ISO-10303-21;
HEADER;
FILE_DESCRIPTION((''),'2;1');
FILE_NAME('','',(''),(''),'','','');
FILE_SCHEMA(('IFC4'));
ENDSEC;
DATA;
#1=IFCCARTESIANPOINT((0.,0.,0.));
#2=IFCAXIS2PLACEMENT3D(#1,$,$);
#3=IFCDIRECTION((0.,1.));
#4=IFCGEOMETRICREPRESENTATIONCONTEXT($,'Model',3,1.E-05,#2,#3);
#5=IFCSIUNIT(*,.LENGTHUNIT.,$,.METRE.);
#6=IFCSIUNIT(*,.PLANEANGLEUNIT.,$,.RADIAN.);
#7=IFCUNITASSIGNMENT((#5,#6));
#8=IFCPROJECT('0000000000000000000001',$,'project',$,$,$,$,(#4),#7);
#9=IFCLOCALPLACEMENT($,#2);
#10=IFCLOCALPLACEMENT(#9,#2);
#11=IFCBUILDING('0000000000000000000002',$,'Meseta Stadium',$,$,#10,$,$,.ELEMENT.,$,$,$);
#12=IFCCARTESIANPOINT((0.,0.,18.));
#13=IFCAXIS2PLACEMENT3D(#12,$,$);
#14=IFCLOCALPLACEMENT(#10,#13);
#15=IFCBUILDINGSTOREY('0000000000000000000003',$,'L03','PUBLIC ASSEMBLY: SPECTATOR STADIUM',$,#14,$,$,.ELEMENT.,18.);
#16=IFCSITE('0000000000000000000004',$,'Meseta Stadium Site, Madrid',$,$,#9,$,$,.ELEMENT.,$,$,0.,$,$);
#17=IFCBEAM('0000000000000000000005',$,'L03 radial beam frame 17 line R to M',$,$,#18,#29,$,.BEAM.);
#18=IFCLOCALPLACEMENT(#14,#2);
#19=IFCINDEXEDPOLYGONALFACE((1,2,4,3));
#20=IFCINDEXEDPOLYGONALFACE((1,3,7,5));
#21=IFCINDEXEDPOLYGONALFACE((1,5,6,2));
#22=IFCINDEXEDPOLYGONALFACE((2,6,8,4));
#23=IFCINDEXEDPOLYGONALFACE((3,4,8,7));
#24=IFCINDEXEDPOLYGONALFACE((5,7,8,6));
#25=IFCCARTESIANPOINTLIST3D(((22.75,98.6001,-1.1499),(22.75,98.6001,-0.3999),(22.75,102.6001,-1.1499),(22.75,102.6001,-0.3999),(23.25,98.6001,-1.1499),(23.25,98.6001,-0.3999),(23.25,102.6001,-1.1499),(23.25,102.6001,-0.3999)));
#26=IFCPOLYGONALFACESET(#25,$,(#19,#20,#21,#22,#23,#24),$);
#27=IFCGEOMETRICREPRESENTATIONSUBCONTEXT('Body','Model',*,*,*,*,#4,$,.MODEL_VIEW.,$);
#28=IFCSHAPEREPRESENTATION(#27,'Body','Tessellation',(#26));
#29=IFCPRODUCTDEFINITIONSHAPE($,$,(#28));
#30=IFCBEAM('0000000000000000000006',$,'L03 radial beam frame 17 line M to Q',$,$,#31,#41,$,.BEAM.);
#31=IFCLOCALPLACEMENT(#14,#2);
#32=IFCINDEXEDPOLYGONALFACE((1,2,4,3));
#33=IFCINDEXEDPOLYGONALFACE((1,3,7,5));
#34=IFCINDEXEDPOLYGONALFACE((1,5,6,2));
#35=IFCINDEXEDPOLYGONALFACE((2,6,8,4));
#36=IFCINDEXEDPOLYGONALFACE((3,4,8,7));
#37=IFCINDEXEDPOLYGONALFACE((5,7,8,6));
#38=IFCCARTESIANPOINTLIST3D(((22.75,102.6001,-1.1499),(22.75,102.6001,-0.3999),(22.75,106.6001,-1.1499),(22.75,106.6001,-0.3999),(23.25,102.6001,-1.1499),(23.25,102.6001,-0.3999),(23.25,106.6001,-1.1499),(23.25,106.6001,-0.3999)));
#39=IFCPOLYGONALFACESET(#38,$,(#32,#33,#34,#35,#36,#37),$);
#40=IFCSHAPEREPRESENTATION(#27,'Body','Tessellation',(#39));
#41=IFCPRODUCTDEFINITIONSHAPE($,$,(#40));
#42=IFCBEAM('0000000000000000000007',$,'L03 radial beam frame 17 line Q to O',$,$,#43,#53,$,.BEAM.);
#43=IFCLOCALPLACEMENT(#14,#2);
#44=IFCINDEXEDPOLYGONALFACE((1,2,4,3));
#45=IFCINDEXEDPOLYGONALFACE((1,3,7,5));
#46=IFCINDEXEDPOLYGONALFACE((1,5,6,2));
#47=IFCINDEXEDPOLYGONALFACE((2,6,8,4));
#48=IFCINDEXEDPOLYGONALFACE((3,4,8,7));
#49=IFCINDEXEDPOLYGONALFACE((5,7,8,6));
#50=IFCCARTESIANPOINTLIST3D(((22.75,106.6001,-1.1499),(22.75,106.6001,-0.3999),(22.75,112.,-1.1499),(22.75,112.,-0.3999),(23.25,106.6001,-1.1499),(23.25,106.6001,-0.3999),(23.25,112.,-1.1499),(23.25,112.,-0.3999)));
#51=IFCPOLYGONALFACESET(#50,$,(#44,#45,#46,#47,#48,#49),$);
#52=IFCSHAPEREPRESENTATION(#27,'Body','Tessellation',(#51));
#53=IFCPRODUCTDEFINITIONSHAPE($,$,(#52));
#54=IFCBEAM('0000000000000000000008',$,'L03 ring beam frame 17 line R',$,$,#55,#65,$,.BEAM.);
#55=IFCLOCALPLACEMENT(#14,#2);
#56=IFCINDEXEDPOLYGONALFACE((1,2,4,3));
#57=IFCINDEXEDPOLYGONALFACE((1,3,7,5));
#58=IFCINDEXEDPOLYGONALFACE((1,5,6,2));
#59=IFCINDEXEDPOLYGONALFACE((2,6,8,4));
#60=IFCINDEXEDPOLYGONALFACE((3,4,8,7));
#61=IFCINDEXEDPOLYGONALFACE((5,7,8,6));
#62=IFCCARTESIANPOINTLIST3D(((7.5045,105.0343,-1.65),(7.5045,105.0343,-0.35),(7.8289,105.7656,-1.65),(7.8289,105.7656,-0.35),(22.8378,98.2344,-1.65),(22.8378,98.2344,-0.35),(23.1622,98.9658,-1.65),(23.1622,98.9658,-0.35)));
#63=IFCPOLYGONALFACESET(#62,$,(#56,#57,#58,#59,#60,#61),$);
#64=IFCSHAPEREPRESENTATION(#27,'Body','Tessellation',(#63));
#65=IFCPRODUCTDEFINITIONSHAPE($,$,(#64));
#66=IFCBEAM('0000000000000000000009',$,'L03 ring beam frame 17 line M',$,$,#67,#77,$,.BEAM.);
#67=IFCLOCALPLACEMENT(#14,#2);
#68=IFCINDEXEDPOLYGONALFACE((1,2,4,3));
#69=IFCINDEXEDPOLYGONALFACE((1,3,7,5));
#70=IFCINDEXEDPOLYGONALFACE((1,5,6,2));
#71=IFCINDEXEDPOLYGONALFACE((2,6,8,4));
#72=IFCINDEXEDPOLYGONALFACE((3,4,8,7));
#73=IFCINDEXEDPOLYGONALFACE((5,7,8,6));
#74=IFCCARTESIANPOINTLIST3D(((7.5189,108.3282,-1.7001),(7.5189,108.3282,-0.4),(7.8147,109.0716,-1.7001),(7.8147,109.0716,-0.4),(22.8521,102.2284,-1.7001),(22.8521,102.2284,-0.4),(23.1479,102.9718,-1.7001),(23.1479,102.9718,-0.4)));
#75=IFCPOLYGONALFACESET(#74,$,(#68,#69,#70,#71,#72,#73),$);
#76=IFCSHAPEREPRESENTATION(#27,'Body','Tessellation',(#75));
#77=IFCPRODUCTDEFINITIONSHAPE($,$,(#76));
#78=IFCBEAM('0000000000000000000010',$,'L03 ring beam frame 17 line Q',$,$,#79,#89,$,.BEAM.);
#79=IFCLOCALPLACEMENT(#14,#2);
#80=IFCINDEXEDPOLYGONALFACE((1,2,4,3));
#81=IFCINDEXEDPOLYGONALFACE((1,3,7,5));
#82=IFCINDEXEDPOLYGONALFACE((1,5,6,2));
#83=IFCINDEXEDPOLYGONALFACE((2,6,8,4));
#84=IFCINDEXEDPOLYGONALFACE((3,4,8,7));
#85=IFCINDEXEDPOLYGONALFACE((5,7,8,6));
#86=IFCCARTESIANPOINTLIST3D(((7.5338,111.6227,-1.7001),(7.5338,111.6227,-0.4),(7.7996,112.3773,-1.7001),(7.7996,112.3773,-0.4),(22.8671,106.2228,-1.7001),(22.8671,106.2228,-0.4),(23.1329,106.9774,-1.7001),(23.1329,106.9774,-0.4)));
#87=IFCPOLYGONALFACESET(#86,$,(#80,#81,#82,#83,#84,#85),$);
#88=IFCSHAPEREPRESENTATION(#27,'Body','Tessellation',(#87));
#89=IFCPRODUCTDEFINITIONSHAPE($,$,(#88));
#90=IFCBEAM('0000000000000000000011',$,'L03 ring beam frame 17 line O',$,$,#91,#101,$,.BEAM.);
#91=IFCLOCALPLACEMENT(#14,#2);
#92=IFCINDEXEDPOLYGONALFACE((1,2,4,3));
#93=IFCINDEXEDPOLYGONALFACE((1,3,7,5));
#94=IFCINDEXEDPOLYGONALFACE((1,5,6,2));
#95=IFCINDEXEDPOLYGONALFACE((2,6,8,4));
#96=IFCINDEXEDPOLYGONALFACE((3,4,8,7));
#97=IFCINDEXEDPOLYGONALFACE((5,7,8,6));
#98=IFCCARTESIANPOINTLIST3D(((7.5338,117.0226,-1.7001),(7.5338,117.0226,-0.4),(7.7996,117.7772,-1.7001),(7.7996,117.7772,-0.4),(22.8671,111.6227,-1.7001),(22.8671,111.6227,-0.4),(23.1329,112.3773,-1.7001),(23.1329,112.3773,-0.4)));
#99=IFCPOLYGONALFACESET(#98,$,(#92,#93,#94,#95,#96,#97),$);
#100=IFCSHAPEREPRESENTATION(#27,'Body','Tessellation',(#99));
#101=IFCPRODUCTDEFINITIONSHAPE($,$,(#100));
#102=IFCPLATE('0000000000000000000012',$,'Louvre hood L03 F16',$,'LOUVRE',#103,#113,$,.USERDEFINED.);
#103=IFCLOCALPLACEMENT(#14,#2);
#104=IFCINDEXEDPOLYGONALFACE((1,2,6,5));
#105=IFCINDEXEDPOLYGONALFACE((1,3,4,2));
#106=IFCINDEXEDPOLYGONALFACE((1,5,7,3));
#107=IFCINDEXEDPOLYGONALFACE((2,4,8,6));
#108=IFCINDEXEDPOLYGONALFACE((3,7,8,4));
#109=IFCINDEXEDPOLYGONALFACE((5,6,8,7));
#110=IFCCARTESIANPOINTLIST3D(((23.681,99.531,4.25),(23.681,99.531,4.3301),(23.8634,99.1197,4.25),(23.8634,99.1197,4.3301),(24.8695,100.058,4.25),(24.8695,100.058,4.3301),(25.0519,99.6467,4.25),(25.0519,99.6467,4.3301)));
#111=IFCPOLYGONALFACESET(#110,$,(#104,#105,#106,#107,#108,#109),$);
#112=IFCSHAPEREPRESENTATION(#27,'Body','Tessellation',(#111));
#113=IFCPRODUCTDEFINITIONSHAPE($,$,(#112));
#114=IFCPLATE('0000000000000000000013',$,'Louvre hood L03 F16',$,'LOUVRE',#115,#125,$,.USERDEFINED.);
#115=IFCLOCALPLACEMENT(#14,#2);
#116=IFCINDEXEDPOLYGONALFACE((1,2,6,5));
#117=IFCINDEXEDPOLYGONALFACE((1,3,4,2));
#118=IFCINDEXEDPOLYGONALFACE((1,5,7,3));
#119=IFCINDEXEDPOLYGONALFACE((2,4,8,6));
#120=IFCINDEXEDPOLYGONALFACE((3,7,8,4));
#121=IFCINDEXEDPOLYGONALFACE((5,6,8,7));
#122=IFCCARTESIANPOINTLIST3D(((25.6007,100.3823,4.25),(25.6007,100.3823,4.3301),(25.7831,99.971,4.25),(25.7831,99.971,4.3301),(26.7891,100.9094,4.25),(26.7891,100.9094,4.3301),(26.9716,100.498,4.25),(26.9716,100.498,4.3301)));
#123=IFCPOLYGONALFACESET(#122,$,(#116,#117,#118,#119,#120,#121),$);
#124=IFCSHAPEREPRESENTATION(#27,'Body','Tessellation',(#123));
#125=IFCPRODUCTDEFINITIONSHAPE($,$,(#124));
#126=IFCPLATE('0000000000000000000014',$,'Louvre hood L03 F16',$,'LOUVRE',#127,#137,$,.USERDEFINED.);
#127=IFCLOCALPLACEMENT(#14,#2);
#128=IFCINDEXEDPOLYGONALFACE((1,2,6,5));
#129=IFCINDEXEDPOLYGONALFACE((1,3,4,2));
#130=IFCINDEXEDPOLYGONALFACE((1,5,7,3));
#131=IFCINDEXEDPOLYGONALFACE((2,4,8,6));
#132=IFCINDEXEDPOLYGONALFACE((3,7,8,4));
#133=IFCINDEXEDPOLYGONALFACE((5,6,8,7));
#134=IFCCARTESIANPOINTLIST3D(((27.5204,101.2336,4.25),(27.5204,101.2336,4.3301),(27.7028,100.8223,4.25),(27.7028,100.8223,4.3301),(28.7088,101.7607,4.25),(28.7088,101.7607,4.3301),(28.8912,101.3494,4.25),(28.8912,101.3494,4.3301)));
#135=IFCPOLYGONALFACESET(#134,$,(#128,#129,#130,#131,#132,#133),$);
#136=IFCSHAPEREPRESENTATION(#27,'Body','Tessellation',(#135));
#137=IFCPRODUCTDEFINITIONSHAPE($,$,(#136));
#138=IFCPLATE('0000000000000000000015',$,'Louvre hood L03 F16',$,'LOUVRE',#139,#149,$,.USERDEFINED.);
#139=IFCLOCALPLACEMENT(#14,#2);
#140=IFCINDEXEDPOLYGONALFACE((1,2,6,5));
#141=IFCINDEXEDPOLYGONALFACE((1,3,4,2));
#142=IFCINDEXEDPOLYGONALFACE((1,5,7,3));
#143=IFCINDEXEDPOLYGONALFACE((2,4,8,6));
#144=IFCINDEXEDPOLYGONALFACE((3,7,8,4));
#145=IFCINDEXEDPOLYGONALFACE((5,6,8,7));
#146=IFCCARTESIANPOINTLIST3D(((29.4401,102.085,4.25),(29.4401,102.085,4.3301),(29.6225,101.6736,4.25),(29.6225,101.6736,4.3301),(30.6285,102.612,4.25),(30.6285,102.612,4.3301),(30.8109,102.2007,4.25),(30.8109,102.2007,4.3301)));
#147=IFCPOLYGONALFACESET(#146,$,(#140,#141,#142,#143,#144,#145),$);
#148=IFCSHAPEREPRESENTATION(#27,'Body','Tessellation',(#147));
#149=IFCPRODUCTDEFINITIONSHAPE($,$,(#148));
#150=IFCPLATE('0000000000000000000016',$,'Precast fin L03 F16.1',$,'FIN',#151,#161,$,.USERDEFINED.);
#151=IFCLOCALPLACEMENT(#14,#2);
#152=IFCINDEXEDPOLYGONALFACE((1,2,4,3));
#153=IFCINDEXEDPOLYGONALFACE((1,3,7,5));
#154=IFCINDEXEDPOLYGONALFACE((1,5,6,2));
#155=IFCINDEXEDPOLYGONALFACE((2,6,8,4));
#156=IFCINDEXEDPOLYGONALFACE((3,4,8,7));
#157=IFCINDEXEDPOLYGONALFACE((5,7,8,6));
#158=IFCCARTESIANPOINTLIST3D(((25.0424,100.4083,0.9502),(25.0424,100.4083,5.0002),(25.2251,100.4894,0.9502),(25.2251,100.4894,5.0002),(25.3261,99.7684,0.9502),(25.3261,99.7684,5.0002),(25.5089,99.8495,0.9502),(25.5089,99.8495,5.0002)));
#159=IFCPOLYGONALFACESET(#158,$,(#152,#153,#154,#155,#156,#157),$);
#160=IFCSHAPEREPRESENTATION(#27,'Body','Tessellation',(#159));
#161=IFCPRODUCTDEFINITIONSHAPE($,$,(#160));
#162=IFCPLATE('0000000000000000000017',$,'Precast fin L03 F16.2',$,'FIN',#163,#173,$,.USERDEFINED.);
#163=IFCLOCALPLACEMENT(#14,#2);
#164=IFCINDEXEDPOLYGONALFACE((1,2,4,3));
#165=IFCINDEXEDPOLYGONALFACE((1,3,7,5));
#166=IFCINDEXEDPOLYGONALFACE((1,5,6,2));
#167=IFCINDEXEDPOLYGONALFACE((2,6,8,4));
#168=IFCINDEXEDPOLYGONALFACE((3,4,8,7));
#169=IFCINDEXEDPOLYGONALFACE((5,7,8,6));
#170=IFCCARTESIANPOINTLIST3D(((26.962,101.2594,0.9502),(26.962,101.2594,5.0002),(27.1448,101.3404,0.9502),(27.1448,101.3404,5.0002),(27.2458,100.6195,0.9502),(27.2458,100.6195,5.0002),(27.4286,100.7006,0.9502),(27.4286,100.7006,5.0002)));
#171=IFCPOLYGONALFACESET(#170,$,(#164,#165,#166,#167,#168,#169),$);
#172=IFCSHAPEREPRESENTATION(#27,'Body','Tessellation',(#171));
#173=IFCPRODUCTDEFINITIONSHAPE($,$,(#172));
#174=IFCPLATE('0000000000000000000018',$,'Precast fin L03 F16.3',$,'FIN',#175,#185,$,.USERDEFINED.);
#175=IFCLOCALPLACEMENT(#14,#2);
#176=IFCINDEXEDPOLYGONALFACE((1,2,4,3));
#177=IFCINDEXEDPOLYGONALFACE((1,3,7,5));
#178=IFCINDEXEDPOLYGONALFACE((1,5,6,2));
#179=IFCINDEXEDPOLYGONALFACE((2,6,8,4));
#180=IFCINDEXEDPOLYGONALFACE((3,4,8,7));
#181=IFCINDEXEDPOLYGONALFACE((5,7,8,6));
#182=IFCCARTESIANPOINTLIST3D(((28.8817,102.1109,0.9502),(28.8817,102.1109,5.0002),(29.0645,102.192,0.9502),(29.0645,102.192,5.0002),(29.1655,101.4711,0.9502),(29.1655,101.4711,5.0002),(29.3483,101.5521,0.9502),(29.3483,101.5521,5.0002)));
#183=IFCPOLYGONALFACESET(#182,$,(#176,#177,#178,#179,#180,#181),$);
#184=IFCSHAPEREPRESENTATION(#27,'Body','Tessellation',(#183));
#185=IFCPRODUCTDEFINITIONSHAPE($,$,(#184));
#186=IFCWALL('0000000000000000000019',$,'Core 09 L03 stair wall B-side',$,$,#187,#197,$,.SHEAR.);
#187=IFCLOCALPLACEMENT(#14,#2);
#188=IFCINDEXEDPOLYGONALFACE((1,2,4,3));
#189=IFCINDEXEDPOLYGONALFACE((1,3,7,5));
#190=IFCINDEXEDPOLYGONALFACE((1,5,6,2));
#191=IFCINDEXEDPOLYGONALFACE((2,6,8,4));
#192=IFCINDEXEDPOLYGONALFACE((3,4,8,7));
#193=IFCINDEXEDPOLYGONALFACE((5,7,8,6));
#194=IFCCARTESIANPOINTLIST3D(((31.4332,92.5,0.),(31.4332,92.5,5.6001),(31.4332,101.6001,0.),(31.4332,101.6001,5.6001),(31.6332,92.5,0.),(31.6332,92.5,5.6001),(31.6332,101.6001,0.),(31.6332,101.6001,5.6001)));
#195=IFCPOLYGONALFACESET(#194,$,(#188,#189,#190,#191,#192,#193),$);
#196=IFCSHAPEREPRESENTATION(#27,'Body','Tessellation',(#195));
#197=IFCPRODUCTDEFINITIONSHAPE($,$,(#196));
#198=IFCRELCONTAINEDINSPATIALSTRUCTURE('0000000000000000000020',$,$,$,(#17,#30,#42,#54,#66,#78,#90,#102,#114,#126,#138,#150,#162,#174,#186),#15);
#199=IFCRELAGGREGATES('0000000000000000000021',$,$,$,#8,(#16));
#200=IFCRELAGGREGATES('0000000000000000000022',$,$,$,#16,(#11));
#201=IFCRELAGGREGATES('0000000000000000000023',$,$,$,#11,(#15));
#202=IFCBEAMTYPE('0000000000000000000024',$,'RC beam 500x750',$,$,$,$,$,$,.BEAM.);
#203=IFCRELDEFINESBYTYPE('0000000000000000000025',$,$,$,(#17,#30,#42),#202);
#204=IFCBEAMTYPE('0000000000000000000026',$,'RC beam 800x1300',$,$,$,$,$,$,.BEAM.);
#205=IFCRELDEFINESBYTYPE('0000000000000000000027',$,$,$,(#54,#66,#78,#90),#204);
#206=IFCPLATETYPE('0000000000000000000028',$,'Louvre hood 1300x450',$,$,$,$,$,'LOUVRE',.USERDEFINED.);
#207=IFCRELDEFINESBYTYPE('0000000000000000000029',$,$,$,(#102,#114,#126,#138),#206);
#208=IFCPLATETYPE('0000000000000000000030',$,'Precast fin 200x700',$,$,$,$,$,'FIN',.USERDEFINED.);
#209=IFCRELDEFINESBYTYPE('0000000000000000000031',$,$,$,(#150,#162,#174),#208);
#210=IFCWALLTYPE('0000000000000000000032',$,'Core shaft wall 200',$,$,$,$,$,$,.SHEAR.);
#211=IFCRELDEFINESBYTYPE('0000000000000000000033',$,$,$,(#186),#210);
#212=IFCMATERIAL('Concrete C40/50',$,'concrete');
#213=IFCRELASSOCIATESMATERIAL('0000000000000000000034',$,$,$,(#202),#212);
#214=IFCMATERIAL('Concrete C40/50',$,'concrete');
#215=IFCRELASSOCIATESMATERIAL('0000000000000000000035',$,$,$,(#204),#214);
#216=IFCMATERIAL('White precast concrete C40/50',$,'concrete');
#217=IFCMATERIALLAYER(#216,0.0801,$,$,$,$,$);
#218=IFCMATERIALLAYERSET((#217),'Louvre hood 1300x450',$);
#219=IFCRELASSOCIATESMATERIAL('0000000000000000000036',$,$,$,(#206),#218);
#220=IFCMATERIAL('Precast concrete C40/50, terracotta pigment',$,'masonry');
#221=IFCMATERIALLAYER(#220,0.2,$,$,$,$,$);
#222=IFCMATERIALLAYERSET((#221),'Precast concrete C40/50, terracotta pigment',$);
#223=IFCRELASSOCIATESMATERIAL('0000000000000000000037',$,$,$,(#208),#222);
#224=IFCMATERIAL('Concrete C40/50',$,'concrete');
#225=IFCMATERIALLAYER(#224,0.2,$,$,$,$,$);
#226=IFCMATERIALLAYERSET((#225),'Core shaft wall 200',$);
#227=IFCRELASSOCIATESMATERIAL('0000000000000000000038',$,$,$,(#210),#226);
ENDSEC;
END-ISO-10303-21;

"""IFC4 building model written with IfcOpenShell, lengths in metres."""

from ifc_helpers import new_model, si_unit, direction, frame, frame_2d, origin, origin_2d, place, context, subcontext, project, spatial, rectangle, extrude, material, layer, layer_set, material_profile, profile_set, type_object, element, save


model = new_model("IFC4")

# Units and contexts
model_context = context("Model", 3, precision=1e-05, world=origin(), true_north=direction((0.0, 1.0)))
body_context = subcontext(model_context, "Body", "Model", "MODEL_VIEW")
ifc_project = project(units=[si_unit("LENGTHUNIT", "METRE"), si_unit("PLANEANGLEUNIT", "RADIAN")], contexts=[model_context])

# Site, building, storey
site_placement = place(None, origin())
site = spatial("IfcSite", under=ifc_project, at=site_placement, Name="Meseta Stadium Site, Madrid", CompositionType="ELEMENT", RefElevation=0.0)
building_placement = place(site_placement, origin())
building = spatial("IfcBuilding", under=site, at=building_placement, Name="Meseta Stadium", CompositionType="ELEMENT")
storey_placement = place(building_placement, frame((0.0, 0.0, 18.0)))
storey = spatial("IfcBuildingStorey", under=building, at=storey_placement, Name="L03", Description="PUBLIC ASSEMBLY: SPECTATOR STADIUM", CompositionType="ELEMENT", Elevation=18.0)

# Beams
ifc_material_1 = material(Name="Concrete C40/50", Category="concrete")
ifc_material_profile_1 = material_profile(ifc_material_1, rectangle(XDim=0.5, YDim=0.75, at=origin_2d()), Name="RC 500x750")
ifc_profile_set_1 = profile_set([ifc_material_profile_1], Name="Concrete C40/50")
beam_type_1 = type_object("IfcBeamType", Name="RC beam 500x750", PredefinedType="BEAM", material=ifc_profile_set_1)
for number, where, z_axis, x_axis, name in (
    (1, (23.0, 98.6001, -0.7749), (0.0, 1.0, 0.0), (-1.0, 0.0, 0.0), "L03 radial beam frame 17 line R to M"),
    (2, (23.0, 102.6001, -0.7749), (0.0, 1.0, 0.0), (-1.0, 0.0, 0.0), "L03 radial beam frame 17 line M to Q"),
):
    element("IfcBeam", number, at=place(storey_placement, frame(where, z_axis=z_axis, x_axis=x_axis)), inside=storey, type_object=beam_type_1, Name=name, PredefinedType="BEAM", context=body_context, shape_type="SweptSolid", body=[
        extrude(rectangle(XDim=0.5, YDim=0.75, at=origin_2d()), origin(), (0.0, 0.0, 1.0), 4.0),
    ])
beam_1_placement = place(storey_placement, frame((23.0, 106.6001, -0.7749), z_axis=(0.0, 1.0, 0.0), x_axis=(-1.0, 0.0, 0.0)))
element("IfcBeam", 3, at=beam_1_placement, inside=storey, type_object=beam_type_1, Name="L03 radial beam frame 17 line Q to O", PredefinedType="BEAM", context=body_context, shape_type="SweptSolid", body=[
    extrude(rectangle(XDim=0.5, YDim=0.75, at=origin_2d()), origin(), (0.0, 0.0, 1.0), 5.3999),
])
ifc_material_2 = material(Name="Concrete C40/50", Category="concrete")
ifc_material_profile_2 = material_profile(ifc_material_2, rectangle(XDim=0.8, YDim=1.3, at=origin_2d()), Name="RC 800x1300")
ifc_profile_set_2 = profile_set([ifc_material_profile_2], Name="Concrete C40/50")
beam_type_2 = type_object("IfcBeamType", Name="RC beam 800x1300", PredefinedType="BEAM", material=ifc_profile_set_2)
beam_2_placement = place(storey_placement, frame((23.0, 98.6001, -1.0), z_axis=(-0.914143, 0.405393, 0.0), x_axis=(-0.405393, -0.914143, 0.0)))
element("IfcBeam", 4, at=beam_2_placement, inside=storey, type_object=beam_type_2, Name="L03 ring beam frame 17 line R", PredefinedType="BEAM", context=body_context, shape_type="SweptSolid", body=[
    extrude(rectangle(XDim=0.8, YDim=1.3, at=origin_2d()), origin(), (0.0, 0.0, 1.0), 16.7734),
])
beam_3_placement = place(storey_placement, frame((23.0, 102.6001, -1.05), z_axis=(-0.929174, 0.369643, 0.0), x_axis=(-0.369643, -0.929174, 0.0)))
element("IfcBeam", 5, at=beam_3_placement, inside=storey, type_object=beam_type_2, Name="L03 ring beam frame 17 line M", PredefinedType="BEAM", context=body_context, shape_type="SweptSolid", body=[
    extrude(rectangle(XDim=0.8, YDim=1.3, at=origin_2d()), origin(), (0.0, 0.0, 1.0), 16.502),
])
for number, where, z_axis, x_axis, name in (
    (6, (23.0, 106.6001, -1.05), (-0.943219, 0.332173, 0.0), (-0.332173, -0.943219, 0.0), "L03 ring beam frame 17 line Q"),
    (7, (23.0, 112.0, -1.05), (-0.943219, 0.332173, 0.0), (-0.332173, -0.943219, 0.0), "L03 ring beam frame 17 line O"),
):
    element("IfcBeam", number, at=place(storey_placement, frame(where, z_axis=z_axis, x_axis=x_axis)), inside=storey, type_object=beam_type_2, Name=name, PredefinedType="BEAM", context=body_context, shape_type="SweptSolid", body=[
        extrude(rectangle(XDim=0.8, YDim=1.3, at=origin_2d()), origin(), (0.0, 0.0, 1.0), 16.2563),
    ])

# Plates
ifc_material_3 = material(Name="White precast concrete C40/50", Category="concrete")
ifc_layer_1 = layer(ifc_material_3, 0.0801)
ifc_layer_set_1 = layer_set([ifc_layer_1], Name="Louvre hood 1300x450")
plate_type_1 = type_object("IfcPlateType", Name="Louvre hood 1300x450", ElementType="LOUVRE", PredefinedType="USERDEFINED", material=ifc_layer_set_1)
for number, where, z_axis, x_axis, name in (
    (8, (24.3665, 99.5889, 4.25), (0.0, 0.0, 1.0), (-0.914139, -0.405401, 0.0), "Louvre hood L03 F16"),
    (9, (26.2861, 100.4402, 4.25), (0.0, 0.0, 1.0), (-0.914139, -0.405401, 0.0), "Louvre hood L03 F16"),
    (10, (28.2058, 101.2915, 4.25), (0.0, 0.0, 1.0), (-0.914139, -0.405401, 0.0), "Louvre hood L03 F16"),
    (11, (30.1255, 102.1428, 4.25), (0.0, 0.0, 1.0), (-0.914139, -0.405401, 0.0), "Louvre hood L03 F16"),
):
    element("IfcPlate", number, at=place(storey_placement, frame(where, z_axis=z_axis, x_axis=x_axis)), inside=storey, type_object=plate_type_1, Name=name, ObjectType="LOUVRE", PredefinedType="USERDEFINED", context=body_context, shape_type="SweptSolid", body=[
        extrude(rectangle(XDim=1.3, YDim=0.45, at=origin_2d()), origin(), (0.0, 0.0, 1.0), 0.0801),
    ])
ifc_material_4 = material(Name="Precast concrete C40/50, terracotta pigment", Category="masonry")
ifc_layer_2 = layer(ifc_material_4, 0.2)
ifc_layer_set_2 = layer_set([ifc_layer_2], Name="Precast concrete C40/50, terracotta pigment")
plate_type_2 = type_object("IfcPlateType", Name="Precast fin 200x700", ElementType="FIN", PredefinedType="USERDEFINED", material=ifc_layer_set_2)
for number, where, z_axis, x_axis, name in (
    (12, (25.2756, 100.1289, 0.9502), (0.0, 0.0, 1.0), (0.914139, 0.4054, 0.0), "Precast fin L03 F16.1"),
    (13, (27.1953, 100.98, 0.9502), (0.0, 0.0, 1.0), (0.914139, 0.4054, 0.0), "Precast fin L03 F16.2"),
    (14, (29.115, 101.8315, 0.9502), (0.0, 0.0, 1.0), (0.914139, 0.4054, 0.0), "Precast fin L03 F16.3"),
):
    element("IfcPlate", number, at=place(storey_placement, frame(where, z_axis=z_axis, x_axis=x_axis)), inside=storey, type_object=plate_type_2, Name=name, ObjectType="FIN", PredefinedType="USERDEFINED", context=body_context, shape_type="SweptSolid", body=[
        extrude(rectangle(XDim=0.2, YDim=0.7, at=origin_2d()), origin(), (0.0, 0.0, 1.0), 4.05),
    ])

# Wall
ifc_material_5 = material(Name="Concrete C40/50", Category="concrete")
ifc_layer_3 = layer(ifc_material_5, 0.2)
ifc_layer_set_3 = layer_set([ifc_layer_3], Name="Core shaft wall 200")
wall_type_1 = type_object("IfcWallType", Name="Core shaft wall 200", PredefinedType="SHEAR", material=ifc_layer_set_3)
wall_1_placement = place(storey_placement, frame((31.5332, 101.6001, 0.0), z_axis=(0.0, 0.0, 1.0), x_axis=(0.0, -1.0, 0.0)))
element("IfcWall", 15, at=wall_1_placement, inside=storey, type_object=wall_type_1, Name="Core 09 L03 stair wall B-side", PredefinedType="SHEAR", context=body_context, shape_type="SweptSolid", body=[
    extrude(rectangle(XDim=9.1001, YDim=0.2, at=frame_2d((4.55, 0.0))), origin(), (0.0, 0.0, 1.0), 5.6001),
])

save(model, "model.ifc")
